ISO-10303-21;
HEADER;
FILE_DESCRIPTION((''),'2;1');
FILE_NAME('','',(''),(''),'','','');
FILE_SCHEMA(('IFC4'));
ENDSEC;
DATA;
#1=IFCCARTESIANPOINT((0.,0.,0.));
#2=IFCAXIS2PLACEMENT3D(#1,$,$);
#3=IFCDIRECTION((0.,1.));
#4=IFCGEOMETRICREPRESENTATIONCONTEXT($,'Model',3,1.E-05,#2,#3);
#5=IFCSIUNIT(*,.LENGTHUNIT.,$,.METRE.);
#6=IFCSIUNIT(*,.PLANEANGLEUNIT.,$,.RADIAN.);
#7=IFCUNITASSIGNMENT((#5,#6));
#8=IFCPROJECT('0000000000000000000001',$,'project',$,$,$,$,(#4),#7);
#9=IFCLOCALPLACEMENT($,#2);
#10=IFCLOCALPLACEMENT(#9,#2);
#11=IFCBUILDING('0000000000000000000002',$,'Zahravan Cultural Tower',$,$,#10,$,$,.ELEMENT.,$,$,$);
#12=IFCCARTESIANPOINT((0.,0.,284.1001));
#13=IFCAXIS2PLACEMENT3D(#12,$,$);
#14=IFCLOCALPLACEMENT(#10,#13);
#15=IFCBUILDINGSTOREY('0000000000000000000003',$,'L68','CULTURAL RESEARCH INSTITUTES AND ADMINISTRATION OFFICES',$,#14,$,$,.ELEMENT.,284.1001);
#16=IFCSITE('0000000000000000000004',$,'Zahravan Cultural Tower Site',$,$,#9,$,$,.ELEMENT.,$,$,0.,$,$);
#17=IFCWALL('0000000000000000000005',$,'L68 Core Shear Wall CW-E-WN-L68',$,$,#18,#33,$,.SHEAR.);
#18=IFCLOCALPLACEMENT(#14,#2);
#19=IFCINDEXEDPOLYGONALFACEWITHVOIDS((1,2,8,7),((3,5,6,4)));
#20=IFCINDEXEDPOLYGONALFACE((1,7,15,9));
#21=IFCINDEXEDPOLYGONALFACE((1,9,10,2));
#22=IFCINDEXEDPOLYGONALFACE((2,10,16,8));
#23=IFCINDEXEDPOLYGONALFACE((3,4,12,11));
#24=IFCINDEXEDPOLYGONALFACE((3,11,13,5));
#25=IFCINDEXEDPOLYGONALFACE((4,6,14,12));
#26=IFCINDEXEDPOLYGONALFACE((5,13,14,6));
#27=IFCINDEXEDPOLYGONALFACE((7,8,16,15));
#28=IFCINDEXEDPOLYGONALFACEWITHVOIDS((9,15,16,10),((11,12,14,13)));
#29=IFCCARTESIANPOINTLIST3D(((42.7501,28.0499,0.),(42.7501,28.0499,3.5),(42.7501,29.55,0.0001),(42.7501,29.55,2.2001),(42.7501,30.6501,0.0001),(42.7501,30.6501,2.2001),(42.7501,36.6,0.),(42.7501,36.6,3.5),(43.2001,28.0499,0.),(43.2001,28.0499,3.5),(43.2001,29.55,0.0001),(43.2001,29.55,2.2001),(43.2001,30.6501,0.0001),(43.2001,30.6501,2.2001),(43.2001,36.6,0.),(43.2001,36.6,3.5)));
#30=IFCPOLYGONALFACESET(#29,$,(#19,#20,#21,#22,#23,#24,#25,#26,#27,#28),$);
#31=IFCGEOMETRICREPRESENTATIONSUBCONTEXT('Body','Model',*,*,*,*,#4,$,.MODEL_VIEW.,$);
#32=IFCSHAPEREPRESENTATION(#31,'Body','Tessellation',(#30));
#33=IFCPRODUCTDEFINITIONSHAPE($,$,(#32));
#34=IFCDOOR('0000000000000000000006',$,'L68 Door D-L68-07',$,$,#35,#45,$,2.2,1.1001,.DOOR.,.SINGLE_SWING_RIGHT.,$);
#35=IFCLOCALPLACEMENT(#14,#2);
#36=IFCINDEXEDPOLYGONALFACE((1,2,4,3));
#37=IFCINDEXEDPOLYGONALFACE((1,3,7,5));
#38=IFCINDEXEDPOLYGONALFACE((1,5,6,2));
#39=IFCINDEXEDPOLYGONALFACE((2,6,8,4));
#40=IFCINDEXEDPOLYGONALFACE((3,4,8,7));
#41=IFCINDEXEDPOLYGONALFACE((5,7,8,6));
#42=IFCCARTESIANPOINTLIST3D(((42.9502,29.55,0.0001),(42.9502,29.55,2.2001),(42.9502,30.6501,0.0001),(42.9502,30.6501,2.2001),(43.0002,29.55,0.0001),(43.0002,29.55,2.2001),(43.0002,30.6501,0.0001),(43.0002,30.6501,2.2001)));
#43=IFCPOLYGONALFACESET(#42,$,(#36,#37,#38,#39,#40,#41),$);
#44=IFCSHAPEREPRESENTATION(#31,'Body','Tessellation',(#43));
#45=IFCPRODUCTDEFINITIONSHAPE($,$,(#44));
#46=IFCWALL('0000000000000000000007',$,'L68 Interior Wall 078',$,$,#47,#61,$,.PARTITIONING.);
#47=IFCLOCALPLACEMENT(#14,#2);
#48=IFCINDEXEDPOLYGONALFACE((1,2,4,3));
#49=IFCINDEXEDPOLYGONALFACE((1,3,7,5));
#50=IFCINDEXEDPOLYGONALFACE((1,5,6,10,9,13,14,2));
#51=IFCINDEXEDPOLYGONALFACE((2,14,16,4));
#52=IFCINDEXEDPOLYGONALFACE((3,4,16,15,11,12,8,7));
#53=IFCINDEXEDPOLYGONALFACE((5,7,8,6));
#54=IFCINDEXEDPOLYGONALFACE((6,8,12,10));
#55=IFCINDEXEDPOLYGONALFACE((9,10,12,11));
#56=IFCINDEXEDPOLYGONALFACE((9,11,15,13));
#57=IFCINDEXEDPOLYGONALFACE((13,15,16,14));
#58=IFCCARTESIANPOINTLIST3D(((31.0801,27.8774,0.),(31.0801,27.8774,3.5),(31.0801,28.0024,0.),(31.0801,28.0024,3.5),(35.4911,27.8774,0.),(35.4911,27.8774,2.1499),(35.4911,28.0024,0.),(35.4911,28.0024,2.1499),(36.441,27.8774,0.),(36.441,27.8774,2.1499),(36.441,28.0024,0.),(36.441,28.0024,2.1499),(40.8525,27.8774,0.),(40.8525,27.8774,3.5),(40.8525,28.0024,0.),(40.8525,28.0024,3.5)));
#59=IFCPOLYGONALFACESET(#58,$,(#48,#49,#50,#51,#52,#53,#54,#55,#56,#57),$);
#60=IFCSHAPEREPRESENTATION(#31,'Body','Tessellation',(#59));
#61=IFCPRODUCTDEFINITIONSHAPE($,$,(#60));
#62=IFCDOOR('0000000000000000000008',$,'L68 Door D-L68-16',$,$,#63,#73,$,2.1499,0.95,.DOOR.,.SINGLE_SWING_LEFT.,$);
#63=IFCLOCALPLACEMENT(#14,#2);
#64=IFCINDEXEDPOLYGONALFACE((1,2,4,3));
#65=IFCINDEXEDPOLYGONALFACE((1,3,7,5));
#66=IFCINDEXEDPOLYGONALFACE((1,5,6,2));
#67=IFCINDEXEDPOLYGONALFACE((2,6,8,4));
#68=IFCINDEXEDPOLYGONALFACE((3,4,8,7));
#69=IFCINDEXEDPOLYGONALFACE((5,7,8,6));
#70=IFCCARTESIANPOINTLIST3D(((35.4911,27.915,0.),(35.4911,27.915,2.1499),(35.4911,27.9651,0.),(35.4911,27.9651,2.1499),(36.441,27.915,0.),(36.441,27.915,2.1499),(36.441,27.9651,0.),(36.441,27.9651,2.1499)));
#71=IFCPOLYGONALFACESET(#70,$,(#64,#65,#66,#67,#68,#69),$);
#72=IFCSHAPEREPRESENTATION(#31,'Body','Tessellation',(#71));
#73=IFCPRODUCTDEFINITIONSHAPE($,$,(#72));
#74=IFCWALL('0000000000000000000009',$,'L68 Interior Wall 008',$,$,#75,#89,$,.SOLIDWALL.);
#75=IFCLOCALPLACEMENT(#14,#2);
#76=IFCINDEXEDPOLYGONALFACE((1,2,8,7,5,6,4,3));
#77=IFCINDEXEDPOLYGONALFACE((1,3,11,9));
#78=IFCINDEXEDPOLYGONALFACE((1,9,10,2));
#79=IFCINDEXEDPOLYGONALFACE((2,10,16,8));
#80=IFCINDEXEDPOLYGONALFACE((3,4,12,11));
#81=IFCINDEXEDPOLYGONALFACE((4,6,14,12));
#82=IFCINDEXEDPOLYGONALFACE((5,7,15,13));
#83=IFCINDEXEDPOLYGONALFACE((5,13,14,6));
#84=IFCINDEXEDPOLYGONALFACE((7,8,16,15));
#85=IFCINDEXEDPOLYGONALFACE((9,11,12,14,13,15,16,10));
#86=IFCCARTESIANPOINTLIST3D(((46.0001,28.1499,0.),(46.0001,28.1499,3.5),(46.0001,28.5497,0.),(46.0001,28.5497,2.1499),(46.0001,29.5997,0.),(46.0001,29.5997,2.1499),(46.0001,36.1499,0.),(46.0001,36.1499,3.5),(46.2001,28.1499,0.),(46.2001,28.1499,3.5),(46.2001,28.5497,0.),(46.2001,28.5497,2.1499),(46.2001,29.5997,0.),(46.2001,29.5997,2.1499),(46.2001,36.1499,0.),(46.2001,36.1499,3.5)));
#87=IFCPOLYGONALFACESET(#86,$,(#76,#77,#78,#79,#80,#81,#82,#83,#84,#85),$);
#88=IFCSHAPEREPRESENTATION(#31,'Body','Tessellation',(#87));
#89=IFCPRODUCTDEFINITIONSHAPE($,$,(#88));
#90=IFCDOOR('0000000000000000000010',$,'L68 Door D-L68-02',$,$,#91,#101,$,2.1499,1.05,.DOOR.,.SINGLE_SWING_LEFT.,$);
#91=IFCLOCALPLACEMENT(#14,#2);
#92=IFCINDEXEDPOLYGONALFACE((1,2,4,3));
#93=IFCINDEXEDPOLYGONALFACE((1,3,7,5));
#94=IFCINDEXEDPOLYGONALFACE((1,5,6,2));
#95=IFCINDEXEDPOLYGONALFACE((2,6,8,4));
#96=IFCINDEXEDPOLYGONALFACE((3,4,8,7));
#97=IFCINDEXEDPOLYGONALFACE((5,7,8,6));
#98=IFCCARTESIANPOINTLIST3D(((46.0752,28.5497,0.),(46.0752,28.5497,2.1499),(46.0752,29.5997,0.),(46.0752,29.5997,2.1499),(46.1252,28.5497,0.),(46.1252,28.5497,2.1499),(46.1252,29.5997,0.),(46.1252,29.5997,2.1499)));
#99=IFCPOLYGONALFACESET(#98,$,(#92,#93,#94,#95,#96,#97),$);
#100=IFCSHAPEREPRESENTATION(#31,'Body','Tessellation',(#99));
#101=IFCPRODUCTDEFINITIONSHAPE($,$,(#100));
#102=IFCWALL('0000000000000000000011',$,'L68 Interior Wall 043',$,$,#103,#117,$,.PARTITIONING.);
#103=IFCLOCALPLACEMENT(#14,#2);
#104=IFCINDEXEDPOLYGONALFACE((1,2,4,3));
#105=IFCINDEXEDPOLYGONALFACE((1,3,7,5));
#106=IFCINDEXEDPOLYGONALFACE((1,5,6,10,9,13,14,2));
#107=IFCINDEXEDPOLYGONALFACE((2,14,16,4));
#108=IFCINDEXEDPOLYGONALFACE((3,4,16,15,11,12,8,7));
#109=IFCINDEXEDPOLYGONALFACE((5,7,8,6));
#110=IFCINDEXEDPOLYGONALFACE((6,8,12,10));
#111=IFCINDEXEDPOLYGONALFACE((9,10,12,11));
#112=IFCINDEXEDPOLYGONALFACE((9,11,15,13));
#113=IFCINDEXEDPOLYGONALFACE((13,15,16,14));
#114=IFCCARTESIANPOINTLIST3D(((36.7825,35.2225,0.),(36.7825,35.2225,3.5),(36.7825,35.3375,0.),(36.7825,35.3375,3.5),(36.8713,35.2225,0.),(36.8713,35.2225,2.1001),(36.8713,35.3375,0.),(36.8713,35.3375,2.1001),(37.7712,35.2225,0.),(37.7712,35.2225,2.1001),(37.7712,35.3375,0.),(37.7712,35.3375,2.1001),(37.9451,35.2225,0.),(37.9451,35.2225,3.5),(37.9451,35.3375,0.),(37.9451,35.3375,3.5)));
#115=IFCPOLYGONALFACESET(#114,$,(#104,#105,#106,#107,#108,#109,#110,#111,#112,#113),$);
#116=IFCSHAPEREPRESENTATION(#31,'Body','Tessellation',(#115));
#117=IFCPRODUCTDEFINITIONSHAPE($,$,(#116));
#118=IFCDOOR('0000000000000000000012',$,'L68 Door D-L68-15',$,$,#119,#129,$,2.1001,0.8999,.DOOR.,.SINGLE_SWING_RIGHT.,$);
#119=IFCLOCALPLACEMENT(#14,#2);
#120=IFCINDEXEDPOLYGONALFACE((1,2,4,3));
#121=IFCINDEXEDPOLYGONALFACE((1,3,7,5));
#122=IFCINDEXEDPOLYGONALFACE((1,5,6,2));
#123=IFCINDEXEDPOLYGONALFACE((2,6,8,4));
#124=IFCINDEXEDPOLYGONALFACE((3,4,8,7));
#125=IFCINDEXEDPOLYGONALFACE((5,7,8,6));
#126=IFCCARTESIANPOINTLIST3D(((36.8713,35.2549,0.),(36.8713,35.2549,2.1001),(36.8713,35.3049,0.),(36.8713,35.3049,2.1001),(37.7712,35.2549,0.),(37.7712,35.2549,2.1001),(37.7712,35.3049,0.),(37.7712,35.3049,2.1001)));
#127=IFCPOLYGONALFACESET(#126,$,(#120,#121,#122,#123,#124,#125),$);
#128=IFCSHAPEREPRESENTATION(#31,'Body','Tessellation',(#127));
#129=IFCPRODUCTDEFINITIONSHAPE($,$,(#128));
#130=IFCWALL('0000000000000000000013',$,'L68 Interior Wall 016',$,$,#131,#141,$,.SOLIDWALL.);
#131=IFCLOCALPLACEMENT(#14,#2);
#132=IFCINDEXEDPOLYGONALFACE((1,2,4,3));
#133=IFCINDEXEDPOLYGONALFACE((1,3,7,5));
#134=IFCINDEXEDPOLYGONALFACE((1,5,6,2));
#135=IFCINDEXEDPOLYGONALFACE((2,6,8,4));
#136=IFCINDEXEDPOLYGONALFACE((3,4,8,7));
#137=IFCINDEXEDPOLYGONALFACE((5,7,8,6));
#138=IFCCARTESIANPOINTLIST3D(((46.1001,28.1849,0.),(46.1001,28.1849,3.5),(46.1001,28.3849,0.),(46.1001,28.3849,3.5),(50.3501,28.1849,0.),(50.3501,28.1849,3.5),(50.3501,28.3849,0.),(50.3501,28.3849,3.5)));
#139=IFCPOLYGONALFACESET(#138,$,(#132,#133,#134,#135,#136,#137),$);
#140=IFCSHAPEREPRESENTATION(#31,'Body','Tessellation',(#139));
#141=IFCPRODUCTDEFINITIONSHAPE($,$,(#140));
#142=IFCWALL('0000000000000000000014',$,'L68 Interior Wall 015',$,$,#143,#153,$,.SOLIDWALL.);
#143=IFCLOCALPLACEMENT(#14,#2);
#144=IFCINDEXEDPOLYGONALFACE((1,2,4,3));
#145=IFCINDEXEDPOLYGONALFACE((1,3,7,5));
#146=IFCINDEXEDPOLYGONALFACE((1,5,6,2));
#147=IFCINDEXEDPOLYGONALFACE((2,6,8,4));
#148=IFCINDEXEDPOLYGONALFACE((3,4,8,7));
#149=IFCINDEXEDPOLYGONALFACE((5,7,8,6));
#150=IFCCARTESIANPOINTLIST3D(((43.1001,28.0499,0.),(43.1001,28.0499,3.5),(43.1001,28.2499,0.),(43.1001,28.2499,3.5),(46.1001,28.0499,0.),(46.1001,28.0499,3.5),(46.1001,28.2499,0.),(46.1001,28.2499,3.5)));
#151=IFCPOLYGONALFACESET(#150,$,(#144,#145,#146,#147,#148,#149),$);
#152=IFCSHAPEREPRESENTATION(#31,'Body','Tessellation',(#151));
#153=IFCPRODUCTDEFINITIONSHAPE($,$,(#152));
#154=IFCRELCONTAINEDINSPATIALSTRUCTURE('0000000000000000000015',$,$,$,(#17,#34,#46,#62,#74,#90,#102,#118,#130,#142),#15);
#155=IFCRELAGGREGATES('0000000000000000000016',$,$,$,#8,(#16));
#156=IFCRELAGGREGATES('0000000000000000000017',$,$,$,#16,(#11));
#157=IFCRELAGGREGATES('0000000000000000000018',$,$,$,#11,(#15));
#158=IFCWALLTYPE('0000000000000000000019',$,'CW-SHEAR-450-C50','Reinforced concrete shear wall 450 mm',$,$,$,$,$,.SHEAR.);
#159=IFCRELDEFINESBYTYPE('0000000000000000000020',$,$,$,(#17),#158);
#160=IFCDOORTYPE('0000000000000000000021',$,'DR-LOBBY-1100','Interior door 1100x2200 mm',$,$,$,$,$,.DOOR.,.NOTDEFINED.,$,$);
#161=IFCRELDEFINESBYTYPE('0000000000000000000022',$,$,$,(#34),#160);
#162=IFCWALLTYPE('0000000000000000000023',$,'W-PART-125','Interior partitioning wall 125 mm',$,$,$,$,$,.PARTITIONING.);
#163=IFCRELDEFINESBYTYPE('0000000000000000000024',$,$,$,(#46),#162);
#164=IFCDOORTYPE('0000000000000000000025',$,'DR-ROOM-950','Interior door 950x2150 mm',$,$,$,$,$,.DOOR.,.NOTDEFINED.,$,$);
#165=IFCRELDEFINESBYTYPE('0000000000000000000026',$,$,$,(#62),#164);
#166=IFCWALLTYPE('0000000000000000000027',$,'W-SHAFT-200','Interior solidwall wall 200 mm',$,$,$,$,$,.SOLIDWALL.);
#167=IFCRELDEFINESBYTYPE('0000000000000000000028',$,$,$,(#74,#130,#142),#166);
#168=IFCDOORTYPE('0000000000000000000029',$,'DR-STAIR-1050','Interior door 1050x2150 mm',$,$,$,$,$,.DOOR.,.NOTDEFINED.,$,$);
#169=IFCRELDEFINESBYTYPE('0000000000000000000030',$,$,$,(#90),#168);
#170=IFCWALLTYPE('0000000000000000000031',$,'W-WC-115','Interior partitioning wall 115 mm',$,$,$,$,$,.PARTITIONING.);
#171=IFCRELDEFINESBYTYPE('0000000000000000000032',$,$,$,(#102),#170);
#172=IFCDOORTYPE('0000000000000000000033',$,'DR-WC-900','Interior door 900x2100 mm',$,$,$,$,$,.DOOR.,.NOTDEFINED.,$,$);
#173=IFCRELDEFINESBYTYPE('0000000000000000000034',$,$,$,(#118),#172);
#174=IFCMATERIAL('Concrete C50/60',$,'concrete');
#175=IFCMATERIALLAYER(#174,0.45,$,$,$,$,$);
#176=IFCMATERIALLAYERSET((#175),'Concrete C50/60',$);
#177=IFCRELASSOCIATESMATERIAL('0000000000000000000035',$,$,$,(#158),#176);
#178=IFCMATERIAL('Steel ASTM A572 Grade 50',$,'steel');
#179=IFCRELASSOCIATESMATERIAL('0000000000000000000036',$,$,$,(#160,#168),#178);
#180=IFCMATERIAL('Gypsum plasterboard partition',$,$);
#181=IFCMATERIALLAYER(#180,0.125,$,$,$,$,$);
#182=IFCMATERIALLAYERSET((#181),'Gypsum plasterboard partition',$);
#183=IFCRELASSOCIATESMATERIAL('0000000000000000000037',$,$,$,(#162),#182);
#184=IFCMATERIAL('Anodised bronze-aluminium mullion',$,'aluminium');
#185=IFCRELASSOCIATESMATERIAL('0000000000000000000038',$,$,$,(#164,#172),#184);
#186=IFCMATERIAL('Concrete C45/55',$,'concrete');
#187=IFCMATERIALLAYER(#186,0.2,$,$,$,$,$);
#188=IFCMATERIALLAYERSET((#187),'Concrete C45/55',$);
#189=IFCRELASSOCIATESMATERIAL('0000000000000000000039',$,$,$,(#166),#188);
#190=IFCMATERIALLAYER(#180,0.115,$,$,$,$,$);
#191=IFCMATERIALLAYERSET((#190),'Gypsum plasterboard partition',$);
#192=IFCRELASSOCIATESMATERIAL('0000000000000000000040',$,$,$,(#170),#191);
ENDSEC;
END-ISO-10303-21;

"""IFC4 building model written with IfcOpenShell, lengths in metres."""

from ifc_helpers import new_model, si_unit, direction, frame, frame_2d, origin, place, context, subcontext, project, spatial, rectangle, extrude, source, transform, mapped, material, layer, layer_set, type_object, element, fill, save


model = new_model("IFC4")

# Units and contexts
model_context = context("Model", 3, precision=1e-05, world=origin(), true_north=direction((0.0, 1.0)))
body_context = subcontext(model_context, "Body", "Model", "MODEL_VIEW")
ifc_project = project(units=[si_unit("LENGTHUNIT", "METRE"), si_unit("PLANEANGLEUNIT", "RADIAN")], contexts=[model_context])

# Site, building, storey
site_placement = place(None, origin())
site = spatial("IfcSite", under=ifc_project, at=site_placement, Name="Zahravan Cultural Tower Site", CompositionType="ELEMENT", RefElevation=0.0)
building_placement = place(site_placement, origin())
building = spatial("IfcBuilding", under=site, at=building_placement, Name="Zahravan Cultural Tower", CompositionType="ELEMENT")
storey_placement = place(building_placement, frame((0.0, 0.0, 284.1001)))
storey = spatial("IfcBuildingStorey", under=building, at=storey_placement, Name="L68", Description="CULTURAL RESEARCH INSTITUTES AND ADMINISTRATION OFFICES", CompositionType="ELEMENT", Elevation=284.1001)

# Walls, openings, doors
ifc_material_1 = material(Name="Concrete C50/60", Category="concrete")
ifc_layer_1 = layer(ifc_material_1, 0.45)
ifc_layer_set_1 = layer_set([ifc_layer_1], Name="Concrete C50/60")
wall_type_1 = type_object("IfcWallType", Name="CW-SHEAR-450-C50", Description="Reinforced concrete shear wall 450 mm", PredefinedType="SHEAR", material=ifc_layer_set_1)
wall_1_placement = place(storey_placement, frame((42.9751, 28.05, 0.0), z_axis=(0.0, 0.0, 1.0), x_axis=(0.0, 1.0, 0.0)))
wall_1 = element("IfcWall", 1, at=wall_1_placement, inside=storey, type_object=wall_type_1, Name="L68 Core Shear Wall CW-E-WN-L68", PredefinedType="SHEAR", context=body_context, shape_type="SweptSolid", body=[
    extrude(rectangle(XDim=8.55, YDim=0.45, at=frame_2d((4.2749, 0.0))), origin(), (0.0, 0.0, 1.0), 3.5),
])
opening_1_placement = place(wall_1_placement, frame((1.5, 0.0, 0.0)))
opening_1 = element("IfcOpeningElement", 2, at=opening_1_placement, cuts=wall_1, PredefinedType="OPENING", context=body_context, shape_type="SweptSolid", body=[
    extrude(rectangle(XDim=1.1001, YDim=2.2, at=frame_2d((0.55, 1.1001))), frame((0.0, 0.2349, 0.0), z_axis=(0.0, -1.0, 0.0), x_axis=(1.0, 0.0, 0.0)), (0.0, 0.0, 1.0), 0.47),
])
ifc_material_2 = material(Name="Steel ASTM A572 Grade 50", Category="steel")
door_type_1 = type_object("IfcDoorType", Name="DR-LOBBY-1100", Description="Interior door 1100x2200 mm", OperationType="NOTDEFINED", PredefinedType="DOOR", material=ifc_material_2)
shared_shape_1 = source(origin(), body_context, "Body", "SweptSolid", [
    extrude(rectangle(XDim=1.1001, YDim=2.2, at=frame_2d((0.55, 1.1001))), frame((0.0, 0.0249, 0.0), z_axis=(0.0, -1.0, 0.0), x_axis=(1.0, 0.0, 0.0)), (0.0, 0.0, 1.0), 0.05),
])
door_1_placement = place(opening_1_placement, origin())
door_1 = element("IfcDoor", 3, at=door_1_placement, inside=storey, type_object=door_type_1, Name="L68 Door D-L68-07", OperationType="SINGLE_SWING_RIGHT", OverallHeight=2.2, OverallWidth=1.1001, PredefinedType="DOOR", context=body_context, shape_type="MappedRepresentation", body=[
    mapped(shared_shape_1, transform((0.0, 0.0, 0.0), x_axis=(1.0, 0.0, 0.0), y_axis=(0.0, 1.0, 0.0), z_axis=(0.0, 0.0, 1.0), scale=1.0)),
])
fill(opening_1, door_1)
ifc_material_3 = material(Name="Gypsum plasterboard partition")
ifc_layer_2 = layer(ifc_material_3, 0.125)
ifc_layer_set_2 = layer_set([ifc_layer_2], Name="Gypsum plasterboard partition")
wall_type_2 = type_object("IfcWallType", Name="W-PART-125", Description="Interior partitioning wall 125 mm", PredefinedType="PARTITIONING", material=ifc_layer_set_2)
wall_2_placement = place(storey_placement, frame((40.8525, 27.9399, 0.0), z_axis=(0.0, 0.0, 1.0), x_axis=(-1.0, 0.0, 0.0)))
wall_2 = element("IfcWall", 4, at=wall_2_placement, inside=storey, type_object=wall_type_2, Name="L68 Interior Wall 078", PredefinedType="PARTITIONING", context=body_context, shape_type="SweptSolid", body=[
    extrude(rectangle(XDim=9.7725, YDim=0.125, at=frame_2d((4.8862, 0.0))), origin(), (0.0, 0.0, 1.0), 3.5),
])
opening_2_placement = place(wall_2_placement, frame((4.4114, 0.0, 0.0)))
opening_2 = element("IfcOpeningElement", 5, at=opening_2_placement, cuts=wall_2, PredefinedType="OPENING", context=body_context, shape_type="SweptSolid", body=[
    extrude(rectangle(XDim=0.95, YDim=2.1499, at=frame_2d((0.4751, 1.075))), frame((0.0, 0.0725, 0.0), z_axis=(0.0, -1.0, 0.0), x_axis=(1.0, 0.0, 0.0)), (0.0, 0.0, 1.0), 0.145),
])
ifc_material_4 = material(Name="Anodised bronze-aluminium mullion", Category="aluminium")
door_type_2 = type_object("IfcDoorType", Name="DR-ROOM-950", Description="Interior door 950x2150 mm", OperationType="NOTDEFINED", PredefinedType="DOOR", material=ifc_material_4)
shared_shape_2 = source(origin(), body_context, "Body", "SweptSolid", [
    extrude(rectangle(XDim=0.95, YDim=2.1499, at=frame_2d((0.4751, 1.075))), frame((0.0, 0.0249, 0.0), z_axis=(0.0, -1.0, 0.0), x_axis=(1.0, 0.0, 0.0)), (0.0, 0.0, 1.0), 0.05),
])
door_2_placement = place(opening_2_placement, origin())
door_2 = element("IfcDoor", 6, at=door_2_placement, inside=storey, type_object=door_type_2, Name="L68 Door D-L68-16", OperationType="SINGLE_SWING_LEFT", OverallHeight=2.1499, OverallWidth=0.95, PredefinedType="DOOR", context=body_context, shape_type="MappedRepresentation", body=[
    mapped(shared_shape_2, transform((0.0, 0.0, 0.0), x_axis=(1.0, 0.0, 0.0), y_axis=(0.0, 1.0, 0.0), z_axis=(0.0, 0.0, 1.0), scale=1.0)),
])
fill(opening_2, door_2)
ifc_material_5 = material(Name="Concrete C45/55", Category="concrete")
ifc_layer_3 = layer(ifc_material_5, 0.2)
ifc_layer_set_3 = layer_set([ifc_layer_3], Name="Concrete C45/55")
wall_type_3 = type_object("IfcWallType", Name="W-SHAFT-200", Description="Interior solidwall wall 200 mm", PredefinedType="SOLIDWALL", material=ifc_layer_set_3)
wall_3_placement = place(storey_placement, frame((46.1001, 28.1499, 0.0), z_axis=(0.0, 0.0, 1.0), x_axis=(0.0, 1.0, 0.0)))
wall_3 = element("IfcWall", 7, at=wall_3_placement, inside=storey, type_object=wall_type_3, Name="L68 Interior Wall 008", PredefinedType="SOLIDWALL", context=body_context, shape_type="SweptSolid", body=[
    extrude(rectangle(XDim=8.0, YDim=0.2, at=frame_2d((4.0, 0.0))), origin(), (0.0, 0.0, 1.0), 3.5),
])
opening_3_placement = place(wall_3_placement, frame((0.3999, 0.0, 0.0)))
opening_3 = element("IfcOpeningElement", 8, at=opening_3_placement, cuts=wall_3, PredefinedType="OPENING", context=body_context, shape_type="SweptSolid", body=[
    extrude(rectangle(XDim=1.05, YDim=2.1499, at=frame_2d((0.5249, 1.075))), frame((0.0, 0.1099, 0.0), z_axis=(0.0, -1.0, 0.0), x_axis=(1.0, 0.0, 0.0)), (0.0, 0.0, 1.0), 0.22),
])
door_type_3 = type_object("IfcDoorType", Name="DR-STAIR-1050", Description="Interior door 1050x2150 mm", OperationType="NOTDEFINED", PredefinedType="DOOR", material=ifc_material_2)
shared_shape_3 = source(origin(), body_context, "Body", "SweptSolid", [
    extrude(rectangle(XDim=1.05, YDim=2.1499, at=frame_2d((0.5249, 1.075))), frame((0.0, 0.0249, 0.0), z_axis=(0.0, -1.0, 0.0), x_axis=(1.0, 0.0, 0.0)), (0.0, 0.0, 1.0), 0.05),
])
door_3_placement = place(opening_3_placement, origin())
door_3 = element("IfcDoor", 9, at=door_3_placement, inside=storey, type_object=door_type_3, Name="L68 Door D-L68-02", OperationType="SINGLE_SWING_LEFT", OverallHeight=2.1499, OverallWidth=1.05, PredefinedType="DOOR", context=body_context, shape_type="MappedRepresentation", body=[
    mapped(shared_shape_3, transform((0.0, 0.0, 0.0), x_axis=(1.0, 0.0, 0.0), y_axis=(0.0, 1.0, 0.0), z_axis=(0.0, 0.0, 1.0), scale=1.0)),
])
fill(opening_3, door_3)
ifc_layer_4 = layer(ifc_material_3, 0.115)
ifc_layer_set_4 = layer_set([ifc_layer_4], Name="Gypsum plasterboard partition")
wall_type_4 = type_object("IfcWallType", Name="W-WC-115", Description="Interior partitioning wall 115 mm", PredefinedType="PARTITIONING", material=ifc_layer_set_4)
wall_4_placement = place(storey_placement, frame((36.7825, 35.28, 0.0), z_axis=(0.0, 0.0, 1.0), x_axis=(1.0, 0.0, 0.0)))
wall_4 = element("IfcWall", 10, at=wall_4_placement, inside=storey, type_object=wall_type_4, Name="L68 Interior Wall 043", PredefinedType="PARTITIONING", context=body_context, shape_type="SweptSolid", body=[
    extrude(rectangle(XDim=1.1626, YDim=0.115, at=frame_2d((0.5813, 0.0))), origin(), (0.0, 0.0, 1.0), 3.5),
])
opening_4_placement = place(wall_4_placement, frame((0.0889, 0.0, 0.0)))
opening_4 = element("IfcOpeningElement", 11, at=opening_4_placement, cuts=wall_4, PredefinedType="OPENING", context=body_context, shape_type="SweptSolid", body=[
    extrude(rectangle(XDim=0.8999, YDim=2.1001, at=frame_2d((0.45, 1.05))), frame((0.0, 0.0674, 0.0), z_axis=(0.0, -1.0, 0.0), x_axis=(1.0, 0.0, 0.0)), (0.0, 0.0, 1.0), 0.135),
])
door_type_4 = type_object("IfcDoorType", Name="DR-WC-900", Description="Interior door 900x2100 mm", OperationType="NOTDEFINED", PredefinedType="DOOR", material=ifc_material_4)
shared_shape_4 = source(origin(), body_context, "Body", "SweptSolid", [
    extrude(rectangle(XDim=0.8999, YDim=2.1001, at=frame_2d((0.45, 1.05))), frame((0.0, 0.0249, 0.0), z_axis=(0.0, -1.0, 0.0), x_axis=(1.0, 0.0, 0.0)), (0.0, 0.0, 1.0), 0.05),
])
door_4_placement = place(opening_4_placement, origin())
door_4 = element("IfcDoor", 12, at=door_4_placement, inside=storey, type_object=door_type_4, Name="L68 Door D-L68-15", OperationType="SINGLE_SWING_RIGHT", OverallHeight=2.1001, OverallWidth=0.8999, PredefinedType="DOOR", context=body_context, shape_type="MappedRepresentation", body=[
    mapped(shared_shape_4, transform((0.0, 0.0, 0.0), x_axis=(1.0, 0.0, 0.0), y_axis=(0.0, 1.0, 0.0), z_axis=(0.0, 0.0, 1.0), scale=1.0)),
])
fill(opening_4, door_4)

# Walls
shared_shape_5 = source(origin(), body_context, "Body", "SweptSolid", [
    extrude(rectangle(XDim=4.25, YDim=0.2, at=frame_2d((2.125, 0.0))), origin(), (0.0, 0.0, 1.0), 3.5),
])
wall_5_placement = place(storey_placement, frame((46.1001, 28.2849, 0.0), z_axis=(0.0, 0.0, 1.0), x_axis=(1.0, 0.0, 0.0)))
element("IfcWall", 13, at=wall_5_placement, inside=storey, type_object=wall_type_3, Name="L68 Interior Wall 016", PredefinedType="SOLIDWALL", context=body_context, shape_type="MappedRepresentation", body=[
    mapped(shared_shape_5, transform((0.0, 0.0, 0.0), x_axis=(1.0, 0.0, 0.0), y_axis=(0.0, 1.0, 0.0), z_axis=(0.0, 0.0, 1.0), scale=1.0)),
])
shared_shape_6 = source(origin(), body_context, "Body", "SweptSolid", [
    extrude(rectangle(XDim=3.0, YDim=0.2, at=frame_2d((1.5, 0.0))), origin(), (0.0, 0.0, 1.0), 3.5),
])
wall_6_placement = place(storey_placement, frame((43.1001, 28.1499, 0.0), z_axis=(0.0, 0.0, 1.0), x_axis=(1.0, 0.0, 0.0)))
element("IfcWall", 14, at=wall_6_placement, inside=storey, type_object=wall_type_3, Name="L68 Interior Wall 015", PredefinedType="SOLIDWALL", context=body_context, shape_type="MappedRepresentation", body=[
    mapped(shared_shape_6, transform((0.0, 0.0, 0.0), x_axis=(1.0, 0.0, 0.0), y_axis=(0.0, 1.0, 0.0), z_axis=(0.0, 0.0, 1.0), scale=1.0)),
])

save(model, "model.ifc")
